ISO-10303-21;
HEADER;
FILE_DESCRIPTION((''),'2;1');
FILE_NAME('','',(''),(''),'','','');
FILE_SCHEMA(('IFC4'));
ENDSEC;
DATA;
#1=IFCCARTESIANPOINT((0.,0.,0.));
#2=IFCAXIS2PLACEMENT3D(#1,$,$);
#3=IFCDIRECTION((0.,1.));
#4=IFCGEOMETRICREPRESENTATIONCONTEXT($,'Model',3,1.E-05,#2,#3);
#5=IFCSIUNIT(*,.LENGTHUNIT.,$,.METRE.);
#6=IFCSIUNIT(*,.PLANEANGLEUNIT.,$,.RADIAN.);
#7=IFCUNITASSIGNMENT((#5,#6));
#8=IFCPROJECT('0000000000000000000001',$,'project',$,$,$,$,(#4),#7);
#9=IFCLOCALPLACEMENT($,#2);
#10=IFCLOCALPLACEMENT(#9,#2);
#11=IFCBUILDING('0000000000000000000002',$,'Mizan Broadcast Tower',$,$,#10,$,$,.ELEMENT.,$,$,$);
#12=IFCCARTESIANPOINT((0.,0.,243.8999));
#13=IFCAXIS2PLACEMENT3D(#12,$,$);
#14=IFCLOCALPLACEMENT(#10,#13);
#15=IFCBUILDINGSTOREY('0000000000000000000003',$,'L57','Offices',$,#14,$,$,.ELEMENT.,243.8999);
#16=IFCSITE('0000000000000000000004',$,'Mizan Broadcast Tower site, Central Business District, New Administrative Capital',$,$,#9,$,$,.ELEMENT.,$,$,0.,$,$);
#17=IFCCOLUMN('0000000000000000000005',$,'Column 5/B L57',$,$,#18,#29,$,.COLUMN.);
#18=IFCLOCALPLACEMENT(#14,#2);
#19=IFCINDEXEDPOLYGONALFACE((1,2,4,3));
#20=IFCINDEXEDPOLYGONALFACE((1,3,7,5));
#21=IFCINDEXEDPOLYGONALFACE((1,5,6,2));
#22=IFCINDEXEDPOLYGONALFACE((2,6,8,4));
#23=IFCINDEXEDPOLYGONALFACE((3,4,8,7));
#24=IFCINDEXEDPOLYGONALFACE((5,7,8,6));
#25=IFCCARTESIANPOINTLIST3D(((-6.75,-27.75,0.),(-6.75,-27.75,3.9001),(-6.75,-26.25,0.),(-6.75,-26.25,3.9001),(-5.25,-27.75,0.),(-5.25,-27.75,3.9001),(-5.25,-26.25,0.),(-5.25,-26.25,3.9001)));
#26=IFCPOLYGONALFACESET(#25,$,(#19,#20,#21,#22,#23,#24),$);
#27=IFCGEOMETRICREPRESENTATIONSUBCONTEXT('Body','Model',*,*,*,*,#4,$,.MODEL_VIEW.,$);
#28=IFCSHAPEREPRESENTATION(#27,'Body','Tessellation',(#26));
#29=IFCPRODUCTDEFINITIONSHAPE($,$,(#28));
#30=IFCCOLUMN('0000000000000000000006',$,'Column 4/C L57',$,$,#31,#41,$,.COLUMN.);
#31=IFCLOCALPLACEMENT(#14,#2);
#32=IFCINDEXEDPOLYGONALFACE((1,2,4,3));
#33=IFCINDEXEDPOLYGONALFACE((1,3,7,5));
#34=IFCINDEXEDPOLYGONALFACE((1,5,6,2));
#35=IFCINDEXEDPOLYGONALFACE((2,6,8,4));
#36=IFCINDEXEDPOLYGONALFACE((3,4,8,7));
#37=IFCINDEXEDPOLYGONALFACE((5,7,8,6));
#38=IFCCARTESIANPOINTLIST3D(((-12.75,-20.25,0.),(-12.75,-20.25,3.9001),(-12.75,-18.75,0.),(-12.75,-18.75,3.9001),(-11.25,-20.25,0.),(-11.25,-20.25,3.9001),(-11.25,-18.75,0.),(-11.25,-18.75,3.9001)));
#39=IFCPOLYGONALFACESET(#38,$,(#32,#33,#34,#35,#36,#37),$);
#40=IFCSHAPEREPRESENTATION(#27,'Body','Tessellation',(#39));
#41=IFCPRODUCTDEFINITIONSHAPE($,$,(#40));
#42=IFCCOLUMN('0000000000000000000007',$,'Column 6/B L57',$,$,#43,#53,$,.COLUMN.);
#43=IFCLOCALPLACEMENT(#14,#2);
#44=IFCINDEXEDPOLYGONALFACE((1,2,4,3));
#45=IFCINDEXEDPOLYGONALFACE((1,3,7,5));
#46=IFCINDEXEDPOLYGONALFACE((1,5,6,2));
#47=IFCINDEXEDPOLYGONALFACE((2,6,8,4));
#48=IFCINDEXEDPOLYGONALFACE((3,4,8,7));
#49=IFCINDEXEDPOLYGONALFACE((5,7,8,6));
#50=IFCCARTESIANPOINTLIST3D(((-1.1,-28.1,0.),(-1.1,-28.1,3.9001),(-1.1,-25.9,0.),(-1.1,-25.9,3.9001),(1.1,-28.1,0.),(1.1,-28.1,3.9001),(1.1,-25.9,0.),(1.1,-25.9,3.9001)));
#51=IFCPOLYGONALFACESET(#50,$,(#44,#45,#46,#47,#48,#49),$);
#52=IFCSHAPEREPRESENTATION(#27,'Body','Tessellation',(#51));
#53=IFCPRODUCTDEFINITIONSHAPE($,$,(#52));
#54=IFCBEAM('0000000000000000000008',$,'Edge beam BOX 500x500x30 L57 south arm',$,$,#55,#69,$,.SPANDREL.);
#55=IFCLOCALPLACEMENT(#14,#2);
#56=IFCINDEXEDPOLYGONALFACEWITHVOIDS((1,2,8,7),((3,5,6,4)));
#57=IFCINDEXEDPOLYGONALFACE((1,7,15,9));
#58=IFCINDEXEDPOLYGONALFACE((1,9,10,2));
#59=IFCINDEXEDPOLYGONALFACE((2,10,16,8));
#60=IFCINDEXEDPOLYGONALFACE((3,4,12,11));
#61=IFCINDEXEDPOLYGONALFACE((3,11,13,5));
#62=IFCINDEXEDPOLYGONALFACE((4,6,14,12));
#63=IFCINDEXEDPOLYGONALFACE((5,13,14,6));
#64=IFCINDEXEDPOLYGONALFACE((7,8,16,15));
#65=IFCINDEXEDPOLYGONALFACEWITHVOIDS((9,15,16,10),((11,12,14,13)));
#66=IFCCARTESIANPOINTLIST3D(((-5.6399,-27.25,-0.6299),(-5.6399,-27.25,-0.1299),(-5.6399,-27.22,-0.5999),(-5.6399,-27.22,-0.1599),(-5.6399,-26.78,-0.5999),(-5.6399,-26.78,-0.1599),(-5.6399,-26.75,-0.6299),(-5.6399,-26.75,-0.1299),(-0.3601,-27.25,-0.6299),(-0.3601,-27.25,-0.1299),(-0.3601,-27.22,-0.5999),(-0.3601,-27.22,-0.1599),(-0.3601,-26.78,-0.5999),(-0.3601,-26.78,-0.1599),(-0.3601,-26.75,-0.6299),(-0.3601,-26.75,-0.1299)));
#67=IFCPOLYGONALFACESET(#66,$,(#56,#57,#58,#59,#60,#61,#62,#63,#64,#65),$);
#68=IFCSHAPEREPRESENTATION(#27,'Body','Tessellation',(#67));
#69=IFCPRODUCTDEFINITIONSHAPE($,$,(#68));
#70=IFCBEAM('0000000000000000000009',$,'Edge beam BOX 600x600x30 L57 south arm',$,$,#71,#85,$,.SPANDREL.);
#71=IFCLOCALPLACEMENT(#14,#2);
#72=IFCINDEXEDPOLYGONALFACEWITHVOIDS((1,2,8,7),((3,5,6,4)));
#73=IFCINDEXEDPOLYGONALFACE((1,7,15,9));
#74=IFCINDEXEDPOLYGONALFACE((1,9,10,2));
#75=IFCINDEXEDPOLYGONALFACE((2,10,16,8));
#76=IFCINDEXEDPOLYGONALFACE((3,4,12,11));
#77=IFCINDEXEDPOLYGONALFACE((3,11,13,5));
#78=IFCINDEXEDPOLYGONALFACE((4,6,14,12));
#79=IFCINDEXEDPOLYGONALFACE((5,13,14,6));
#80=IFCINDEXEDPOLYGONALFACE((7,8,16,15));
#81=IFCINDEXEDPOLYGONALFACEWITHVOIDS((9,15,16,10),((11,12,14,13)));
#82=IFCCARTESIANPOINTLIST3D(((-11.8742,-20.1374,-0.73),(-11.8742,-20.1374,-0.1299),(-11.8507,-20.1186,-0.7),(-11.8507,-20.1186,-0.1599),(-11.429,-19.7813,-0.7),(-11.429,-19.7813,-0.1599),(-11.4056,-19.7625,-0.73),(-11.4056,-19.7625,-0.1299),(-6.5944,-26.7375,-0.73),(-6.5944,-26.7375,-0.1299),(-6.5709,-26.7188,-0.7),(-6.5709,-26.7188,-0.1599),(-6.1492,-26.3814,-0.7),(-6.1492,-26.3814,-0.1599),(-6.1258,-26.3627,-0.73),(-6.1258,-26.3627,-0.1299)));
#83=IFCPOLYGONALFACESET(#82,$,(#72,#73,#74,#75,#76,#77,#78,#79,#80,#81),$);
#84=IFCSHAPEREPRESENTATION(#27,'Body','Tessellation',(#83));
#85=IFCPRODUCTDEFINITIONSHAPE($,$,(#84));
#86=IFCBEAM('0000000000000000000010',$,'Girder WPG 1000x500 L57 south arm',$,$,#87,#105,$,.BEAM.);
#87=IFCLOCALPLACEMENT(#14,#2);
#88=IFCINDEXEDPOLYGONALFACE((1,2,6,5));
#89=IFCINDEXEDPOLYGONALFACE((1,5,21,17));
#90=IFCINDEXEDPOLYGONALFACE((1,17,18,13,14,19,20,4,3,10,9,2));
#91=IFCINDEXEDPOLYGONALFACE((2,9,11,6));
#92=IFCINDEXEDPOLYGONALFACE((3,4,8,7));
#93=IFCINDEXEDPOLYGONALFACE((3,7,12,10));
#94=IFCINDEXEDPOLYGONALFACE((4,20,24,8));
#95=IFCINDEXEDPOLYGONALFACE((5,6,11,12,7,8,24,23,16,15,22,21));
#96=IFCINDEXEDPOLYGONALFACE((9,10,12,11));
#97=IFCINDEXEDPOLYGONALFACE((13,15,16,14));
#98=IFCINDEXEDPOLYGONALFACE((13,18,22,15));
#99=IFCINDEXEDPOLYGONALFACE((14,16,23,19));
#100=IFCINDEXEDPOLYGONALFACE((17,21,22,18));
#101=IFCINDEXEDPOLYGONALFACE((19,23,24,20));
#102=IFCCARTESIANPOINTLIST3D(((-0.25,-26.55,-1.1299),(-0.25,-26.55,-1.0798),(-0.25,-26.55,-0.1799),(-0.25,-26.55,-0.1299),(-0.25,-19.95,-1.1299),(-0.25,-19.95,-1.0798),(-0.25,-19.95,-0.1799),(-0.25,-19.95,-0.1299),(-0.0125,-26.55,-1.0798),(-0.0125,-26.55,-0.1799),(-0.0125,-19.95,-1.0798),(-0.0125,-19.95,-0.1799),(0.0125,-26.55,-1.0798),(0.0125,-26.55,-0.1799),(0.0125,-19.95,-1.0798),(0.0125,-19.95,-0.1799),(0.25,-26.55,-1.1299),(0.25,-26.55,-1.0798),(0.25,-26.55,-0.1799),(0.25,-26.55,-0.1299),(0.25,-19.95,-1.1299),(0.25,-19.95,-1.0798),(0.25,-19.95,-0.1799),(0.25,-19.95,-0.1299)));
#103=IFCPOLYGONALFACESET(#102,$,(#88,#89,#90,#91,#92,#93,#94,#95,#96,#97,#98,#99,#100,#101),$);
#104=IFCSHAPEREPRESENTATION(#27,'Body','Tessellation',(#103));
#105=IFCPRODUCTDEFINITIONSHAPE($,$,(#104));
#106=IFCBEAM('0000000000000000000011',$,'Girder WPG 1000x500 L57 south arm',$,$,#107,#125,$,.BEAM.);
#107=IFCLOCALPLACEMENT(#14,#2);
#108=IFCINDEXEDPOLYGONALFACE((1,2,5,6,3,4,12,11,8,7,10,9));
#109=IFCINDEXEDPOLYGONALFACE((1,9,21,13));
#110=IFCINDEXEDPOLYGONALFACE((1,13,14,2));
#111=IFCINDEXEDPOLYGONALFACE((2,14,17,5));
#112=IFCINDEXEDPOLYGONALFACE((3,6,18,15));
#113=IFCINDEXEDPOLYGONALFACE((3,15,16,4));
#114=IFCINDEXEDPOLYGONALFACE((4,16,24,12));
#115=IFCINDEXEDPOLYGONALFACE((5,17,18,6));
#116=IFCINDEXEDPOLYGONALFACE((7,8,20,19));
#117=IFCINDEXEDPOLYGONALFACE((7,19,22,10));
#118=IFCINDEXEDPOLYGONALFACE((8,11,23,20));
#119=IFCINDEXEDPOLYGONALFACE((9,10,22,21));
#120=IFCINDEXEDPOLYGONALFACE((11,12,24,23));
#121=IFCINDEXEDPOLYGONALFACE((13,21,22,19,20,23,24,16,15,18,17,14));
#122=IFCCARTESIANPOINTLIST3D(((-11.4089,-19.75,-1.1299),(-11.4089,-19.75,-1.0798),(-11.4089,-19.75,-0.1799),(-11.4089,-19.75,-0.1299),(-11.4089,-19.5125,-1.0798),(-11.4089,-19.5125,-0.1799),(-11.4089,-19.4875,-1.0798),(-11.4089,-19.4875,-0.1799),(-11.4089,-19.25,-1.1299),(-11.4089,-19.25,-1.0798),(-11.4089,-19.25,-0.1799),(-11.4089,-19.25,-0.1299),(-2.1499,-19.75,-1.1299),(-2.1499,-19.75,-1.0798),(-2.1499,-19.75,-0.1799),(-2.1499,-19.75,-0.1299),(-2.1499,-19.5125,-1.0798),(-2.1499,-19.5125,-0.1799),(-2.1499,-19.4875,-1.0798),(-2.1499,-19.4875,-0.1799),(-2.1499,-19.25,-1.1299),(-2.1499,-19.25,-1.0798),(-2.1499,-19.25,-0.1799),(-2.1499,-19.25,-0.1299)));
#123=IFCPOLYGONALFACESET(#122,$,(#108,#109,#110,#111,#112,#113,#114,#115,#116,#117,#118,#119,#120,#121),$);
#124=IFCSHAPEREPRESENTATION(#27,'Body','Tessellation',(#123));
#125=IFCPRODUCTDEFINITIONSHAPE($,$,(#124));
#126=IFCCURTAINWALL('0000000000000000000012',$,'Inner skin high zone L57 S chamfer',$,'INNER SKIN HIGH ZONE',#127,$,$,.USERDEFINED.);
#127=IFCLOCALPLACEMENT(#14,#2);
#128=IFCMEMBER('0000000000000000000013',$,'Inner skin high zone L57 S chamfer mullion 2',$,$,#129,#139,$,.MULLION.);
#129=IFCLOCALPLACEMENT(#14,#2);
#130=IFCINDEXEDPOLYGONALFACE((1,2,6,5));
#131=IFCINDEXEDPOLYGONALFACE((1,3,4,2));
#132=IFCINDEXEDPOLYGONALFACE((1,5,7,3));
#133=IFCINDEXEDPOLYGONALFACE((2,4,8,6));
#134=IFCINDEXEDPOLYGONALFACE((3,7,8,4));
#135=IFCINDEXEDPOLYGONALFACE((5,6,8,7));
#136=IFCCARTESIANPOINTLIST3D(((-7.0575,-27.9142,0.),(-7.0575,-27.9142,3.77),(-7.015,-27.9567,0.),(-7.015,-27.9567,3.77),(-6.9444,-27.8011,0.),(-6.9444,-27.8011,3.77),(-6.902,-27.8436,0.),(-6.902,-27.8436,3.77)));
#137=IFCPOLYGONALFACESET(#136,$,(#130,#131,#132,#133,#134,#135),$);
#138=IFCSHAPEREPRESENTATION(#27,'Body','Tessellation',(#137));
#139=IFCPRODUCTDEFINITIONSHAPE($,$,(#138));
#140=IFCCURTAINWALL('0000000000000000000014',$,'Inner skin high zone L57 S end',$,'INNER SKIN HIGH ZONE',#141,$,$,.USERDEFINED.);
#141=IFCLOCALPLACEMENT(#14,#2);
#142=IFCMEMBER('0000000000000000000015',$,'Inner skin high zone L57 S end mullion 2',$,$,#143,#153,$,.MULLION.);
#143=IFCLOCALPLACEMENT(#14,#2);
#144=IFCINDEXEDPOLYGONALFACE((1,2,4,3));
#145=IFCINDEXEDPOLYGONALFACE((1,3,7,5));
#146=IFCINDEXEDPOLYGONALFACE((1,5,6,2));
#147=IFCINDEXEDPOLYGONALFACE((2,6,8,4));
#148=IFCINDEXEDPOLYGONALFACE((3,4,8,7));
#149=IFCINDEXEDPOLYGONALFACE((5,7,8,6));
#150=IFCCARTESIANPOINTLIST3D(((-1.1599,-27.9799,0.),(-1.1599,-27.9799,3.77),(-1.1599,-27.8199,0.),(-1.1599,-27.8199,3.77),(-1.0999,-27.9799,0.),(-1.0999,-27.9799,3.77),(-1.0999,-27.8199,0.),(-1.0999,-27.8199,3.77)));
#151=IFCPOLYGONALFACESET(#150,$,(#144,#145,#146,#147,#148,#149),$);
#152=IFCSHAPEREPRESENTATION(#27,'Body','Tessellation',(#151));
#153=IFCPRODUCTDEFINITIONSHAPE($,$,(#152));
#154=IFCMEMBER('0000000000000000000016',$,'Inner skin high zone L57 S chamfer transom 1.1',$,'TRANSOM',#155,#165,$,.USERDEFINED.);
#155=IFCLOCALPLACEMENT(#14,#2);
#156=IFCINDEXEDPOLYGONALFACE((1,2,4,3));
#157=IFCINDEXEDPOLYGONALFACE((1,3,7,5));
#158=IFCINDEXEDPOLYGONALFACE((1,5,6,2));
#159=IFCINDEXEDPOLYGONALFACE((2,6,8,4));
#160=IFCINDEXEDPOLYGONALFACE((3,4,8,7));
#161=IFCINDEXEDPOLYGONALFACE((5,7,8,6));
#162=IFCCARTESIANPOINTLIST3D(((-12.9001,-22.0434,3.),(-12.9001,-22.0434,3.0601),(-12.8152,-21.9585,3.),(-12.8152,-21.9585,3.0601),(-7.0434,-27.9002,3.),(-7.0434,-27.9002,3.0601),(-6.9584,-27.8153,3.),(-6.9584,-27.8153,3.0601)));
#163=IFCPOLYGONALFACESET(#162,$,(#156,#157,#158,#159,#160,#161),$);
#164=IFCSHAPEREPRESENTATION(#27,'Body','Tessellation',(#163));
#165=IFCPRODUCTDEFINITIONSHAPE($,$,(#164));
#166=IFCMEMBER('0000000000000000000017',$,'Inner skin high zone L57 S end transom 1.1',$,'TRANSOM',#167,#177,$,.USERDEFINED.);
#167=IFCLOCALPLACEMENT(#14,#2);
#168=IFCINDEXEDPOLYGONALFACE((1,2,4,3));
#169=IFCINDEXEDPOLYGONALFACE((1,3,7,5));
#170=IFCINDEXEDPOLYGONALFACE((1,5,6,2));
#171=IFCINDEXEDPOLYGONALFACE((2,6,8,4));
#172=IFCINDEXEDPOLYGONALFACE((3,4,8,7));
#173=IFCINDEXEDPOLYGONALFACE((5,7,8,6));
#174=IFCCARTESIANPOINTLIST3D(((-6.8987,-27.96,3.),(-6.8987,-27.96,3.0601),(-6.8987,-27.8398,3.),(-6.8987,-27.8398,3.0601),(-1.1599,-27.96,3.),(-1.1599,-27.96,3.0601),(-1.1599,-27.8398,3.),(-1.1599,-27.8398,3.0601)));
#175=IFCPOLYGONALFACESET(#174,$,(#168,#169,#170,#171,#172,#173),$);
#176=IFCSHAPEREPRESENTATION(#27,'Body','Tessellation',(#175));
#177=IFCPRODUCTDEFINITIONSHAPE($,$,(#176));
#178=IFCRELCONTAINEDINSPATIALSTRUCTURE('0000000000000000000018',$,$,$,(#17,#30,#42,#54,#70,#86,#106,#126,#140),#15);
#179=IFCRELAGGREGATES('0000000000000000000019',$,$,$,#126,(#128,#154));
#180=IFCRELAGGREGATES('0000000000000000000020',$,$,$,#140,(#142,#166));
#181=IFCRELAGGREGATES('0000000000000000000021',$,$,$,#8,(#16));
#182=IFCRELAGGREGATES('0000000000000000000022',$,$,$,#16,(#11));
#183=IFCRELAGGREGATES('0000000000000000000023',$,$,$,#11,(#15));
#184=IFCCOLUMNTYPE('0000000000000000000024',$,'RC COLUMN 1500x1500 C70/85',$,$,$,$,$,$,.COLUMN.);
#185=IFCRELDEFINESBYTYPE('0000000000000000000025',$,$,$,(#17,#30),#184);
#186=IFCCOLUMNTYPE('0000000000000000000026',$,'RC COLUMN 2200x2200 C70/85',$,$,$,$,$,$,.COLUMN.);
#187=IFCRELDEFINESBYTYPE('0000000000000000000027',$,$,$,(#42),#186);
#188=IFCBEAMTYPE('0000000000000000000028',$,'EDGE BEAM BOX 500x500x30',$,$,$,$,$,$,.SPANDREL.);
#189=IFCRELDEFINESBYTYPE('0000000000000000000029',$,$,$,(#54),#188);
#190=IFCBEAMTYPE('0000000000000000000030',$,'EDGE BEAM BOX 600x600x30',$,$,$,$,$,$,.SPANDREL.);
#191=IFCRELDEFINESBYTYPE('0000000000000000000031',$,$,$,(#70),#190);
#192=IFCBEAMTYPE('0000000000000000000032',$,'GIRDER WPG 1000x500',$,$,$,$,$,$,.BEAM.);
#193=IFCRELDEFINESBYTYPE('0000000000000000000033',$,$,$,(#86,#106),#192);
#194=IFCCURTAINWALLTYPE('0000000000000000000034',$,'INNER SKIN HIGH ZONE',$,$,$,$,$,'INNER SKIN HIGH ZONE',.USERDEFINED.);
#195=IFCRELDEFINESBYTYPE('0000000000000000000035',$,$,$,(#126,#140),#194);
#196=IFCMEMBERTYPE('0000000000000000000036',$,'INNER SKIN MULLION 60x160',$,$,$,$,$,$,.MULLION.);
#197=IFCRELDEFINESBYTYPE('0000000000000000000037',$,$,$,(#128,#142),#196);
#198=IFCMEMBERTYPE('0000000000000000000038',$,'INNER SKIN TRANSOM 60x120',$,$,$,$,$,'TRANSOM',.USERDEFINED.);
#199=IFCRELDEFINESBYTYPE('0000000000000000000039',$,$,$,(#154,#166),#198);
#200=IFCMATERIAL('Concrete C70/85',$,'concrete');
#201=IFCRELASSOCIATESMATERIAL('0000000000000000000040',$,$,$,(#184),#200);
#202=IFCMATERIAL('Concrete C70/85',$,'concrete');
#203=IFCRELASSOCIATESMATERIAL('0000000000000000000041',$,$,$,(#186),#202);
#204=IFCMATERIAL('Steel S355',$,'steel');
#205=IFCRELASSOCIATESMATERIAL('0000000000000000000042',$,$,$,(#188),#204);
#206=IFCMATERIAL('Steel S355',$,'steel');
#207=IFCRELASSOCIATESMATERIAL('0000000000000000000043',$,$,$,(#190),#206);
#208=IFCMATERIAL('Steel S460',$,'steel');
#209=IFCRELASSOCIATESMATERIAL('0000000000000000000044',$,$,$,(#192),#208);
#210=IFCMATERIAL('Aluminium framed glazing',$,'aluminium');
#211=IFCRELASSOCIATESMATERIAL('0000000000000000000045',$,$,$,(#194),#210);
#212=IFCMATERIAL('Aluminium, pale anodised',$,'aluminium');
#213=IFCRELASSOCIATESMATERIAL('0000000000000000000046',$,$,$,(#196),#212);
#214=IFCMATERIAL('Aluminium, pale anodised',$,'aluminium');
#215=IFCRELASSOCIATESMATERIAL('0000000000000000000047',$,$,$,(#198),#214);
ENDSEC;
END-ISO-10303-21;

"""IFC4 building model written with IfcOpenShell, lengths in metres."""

from ifc_helpers import new_model, si_unit, direction, frame, origin, origin_2d, place, context, subcontext, project, spatial, rectangle, hollow_rectangle, i_section, extrude, material, material_profile, profile_set, type_object, element, aggregate, save


model = new_model("IFC4")

# Units and contexts
model_context = context("Model", 3, precision=1e-05, world=origin(), true_north=direction((0.0, 1.0)))
body_context = subcontext(model_context, "Body", "Model", "MODEL_VIEW")
ifc_project = project(units=[si_unit("LENGTHUNIT", "METRE"), si_unit("PLANEANGLEUNIT", "RADIAN")], contexts=[model_context])

# Site, building, storey
site_placement = place(None, origin())
site = spatial("IfcSite", under=ifc_project, at=site_placement, Name="Mizan Broadcast Tower site, Central Business District, New Administrative Capital", CompositionType="ELEMENT", RefElevation=0.0)
building_placement = place(site_placement, origin())
building = spatial("IfcBuilding", under=site, at=building_placement, Name="Mizan Broadcast Tower", CompositionType="ELEMENT")
storey_placement = place(building_placement, frame((0.0, 0.0, 243.8999)))
storey = spatial("IfcBuildingStorey", under=building, at=storey_placement, Name="L57", Description="Offices", CompositionType="ELEMENT", Elevation=243.8999)

# Columns
ifc_material_1 = material(Name="Concrete C70/85", Category="concrete")
ifc_material_profile_1 = material_profile(ifc_material_1, rectangle(XDim=1.5, YDim=1.5, at=origin_2d()), Name="RC 1500x1500")
ifc_profile_set_1 = profile_set([ifc_material_profile_1], Name="Concrete C70/85")
column_type_1 = type_object("IfcColumnType", Name="RC COLUMN 1500x1500 C70/85", PredefinedType="COLUMN", material=ifc_profile_set_1)
for number, where, z_axis, x_axis, name in (
    (1, (-6.0, -27.0, 0.0), (0.0, 0.0, 1.0), (1.0, 0.0, 0.0), "Column 5/B L57"),
    (2, (-12.0, -19.5, 0.0), (0.0, 0.0, 1.0), (1.0, 0.0, 0.0), "Column 4/C L57"),
):
    element("IfcColumn", number, at=place(storey_placement, frame(where, z_axis=z_axis, x_axis=x_axis)), inside=storey, type_object=column_type_1, Name=name, PredefinedType="COLUMN", context=body_context, shape_type="SweptSolid", body=[
        extrude(rectangle(XDim=1.5, YDim=1.5, at=origin_2d()), origin(), (0.0, 0.0, 1.0), 3.9001),
    ])
ifc_material_2 = material(Name="Concrete C70/85", Category="concrete")
ifc_material_profile_2 = material_profile(ifc_material_2, rectangle(XDim=2.2, YDim=2.2, at=origin_2d()), Name="RC 2200x2200")
ifc_profile_set_2 = profile_set([ifc_material_profile_2], Name="Concrete C70/85")
column_type_2 = type_object("IfcColumnType", Name="RC COLUMN 2200x2200 C70/85", PredefinedType="COLUMN", material=ifc_profile_set_2)
column_placement = place(storey_placement, frame((0.0, -27.0, 0.0), z_axis=(0.0, 0.0, 1.0), x_axis=(1.0, 0.0, 0.0)))
element("IfcColumn", 3, at=column_placement, inside=storey, type_object=column_type_2, Name="Column 6/B L57", PredefinedType="COLUMN", context=body_context, shape_type="SweptSolid", body=[
    extrude(rectangle(XDim=2.2, YDim=2.2, at=origin_2d()), origin(), (0.0, 0.0, 1.0), 3.9001),
])

# Beams
ifc_material_3 = material(Name="Steel S355", Category="steel")
ifc_material_profile_3 = material_profile(ifc_material_3, hollow_rectangle(XDim=0.5, YDim=0.5, WallThickness=0.03, at=origin_2d()), Name="BOX 500x500x30")
ifc_profile_set_3 = profile_set([ifc_material_profile_3], Name="Steel S355")
beam_type_1 = type_object("IfcBeamType", Name="EDGE BEAM BOX 500x500x30", PredefinedType="SPANDREL", material=ifc_profile_set_3)
beam_1_placement = place(storey_placement, frame((-5.6399, -27.0, -0.3799), z_axis=(1.0, 0.0, 0.0), x_axis=(0.0, 1.0, 0.0)))
element("IfcBeam", 4, at=beam_1_placement, inside=storey, type_object=beam_type_1, Name="Edge beam BOX 500x500x30 L57 south arm", PredefinedType="SPANDREL", context=body_context, shape_type="SweptSolid", body=[
    extrude(hollow_rectangle(XDim=0.5, YDim=0.5, WallThickness=0.03, at=origin_2d()), origin(), (0.0, 0.0, 1.0), 5.2798),
])
ifc_material_4 = material(Name="Steel S355", Category="steel")
ifc_material_profile_4 = material_profile(ifc_material_4, hollow_rectangle(XDim=0.6001, YDim=0.6001, WallThickness=0.03, at=origin_2d()), Name="BOX 600x600x30")
ifc_profile_set_4 = profile_set([ifc_material_profile_4], Name="Steel S355")
beam_type_2 = type_object("IfcBeamType", Name="EDGE BEAM BOX 600x600x30", PredefinedType="SPANDREL", material=ifc_profile_set_4)
beam_2_placement = place(storey_placement, frame((-11.6399, -19.95, -0.4299), z_axis=(0.624674, -0.780886, 0.0), x_axis=(0.780886, 0.624674, 0.0)))
element("IfcBeam", 5, at=beam_2_placement, inside=storey, type_object=beam_type_2, Name="Edge beam BOX 600x600x30 L57 south arm", PredefinedType="SPANDREL", context=body_context, shape_type="SweptSolid", body=[
    extrude(hollow_rectangle(XDim=0.6001, YDim=0.6001, WallThickness=0.03, at=origin_2d()), origin(), (0.0, 0.0, 1.0), 8.4521),
])
ifc_material_5 = material(Name="Steel S460", Category="steel")
ifc_material_profile_5 = material_profile(ifc_material_5, i_section(OverallWidth=0.5, OverallDepth=1.0, WebThickness=0.0249, FlangeThickness=0.05, at=origin_2d()), Name="WPG 1000x500")
ifc_profile_set_5 = profile_set([ifc_material_profile_5], Name="Steel S460")
beam_type_3 = type_object("IfcBeamType", Name="GIRDER WPG 1000x500", PredefinedType="BEAM", material=ifc_profile_set_5)
beam_3_placement = place(storey_placement, frame((0.0, -19.95, -0.6299), z_axis=(0.0, -1.0, 0.0), x_axis=(1.0, 0.0, 0.0)))
element("IfcBeam", 6, at=beam_3_placement, inside=storey, type_object=beam_type_3, Name="Girder WPG 1000x500 L57 south arm", PredefinedType="BEAM", context=body_context, shape_type="SweptSolid", body=[
    extrude(i_section(OverallWidth=0.5, OverallDepth=1.0, WebThickness=0.0249, FlangeThickness=0.05, at=origin_2d()), origin(), (0.0, 0.0, 1.0), 6.6001),
])
beam_4_placement = place(storey_placement, frame((-11.4089, -19.5, -0.6299), z_axis=(1.0, 0.0, 0.0), x_axis=(0.0, 1.0, 0.0)))
element("IfcBeam", 7, at=beam_4_placement, inside=storey, type_object=beam_type_3, Name="Girder WPG 1000x500 L57 south arm", PredefinedType="BEAM", context=body_context, shape_type="SweptSolid", body=[
    extrude(i_section(OverallWidth=0.5, OverallDepth=1.0, WebThickness=0.0249, FlangeThickness=0.05, at=origin_2d()), origin(), (0.0, 0.0, 1.0), 9.259),
])

# Curtain walls, members
ifc_material_6 = material(Name="Aluminium framed glazing", Category="aluminium")
curtain_wall_type_1 = type_object("IfcCurtainWallType", Name="INNER SKIN HIGH ZONE", ElementType="INNER SKIN HIGH ZONE", PredefinedType="USERDEFINED", material=ifc_material_6)
curtain_wall_1_placement = place(storey_placement, origin())
curtain_wall_1 = element("IfcCurtainWall", 8, at=curtain_wall_1_placement, inside=storey, type_object=curtain_wall_type_1, Name="Inner skin high zone L57 S chamfer", ObjectType="INNER SKIN HIGH ZONE", PredefinedType="USERDEFINED")
ifc_material_7 = material(Name="Aluminium, pale anodised", Category="aluminium")
ifc_material_profile_6 = material_profile(ifc_material_7, rectangle(XDim=0.1599, YDim=0.0601, at=origin_2d()), Name="MULLION 160x60")
ifc_profile_set_6 = profile_set([ifc_material_profile_6], Name="Aluminium, pale anodised")
member_type_1 = type_object("IfcMemberType", Name="INNER SKIN MULLION 60x160", PredefinedType="MULLION", material=ifc_profile_set_6)
member_1_placement = place(storey_placement, frame((-6.9797, -27.8789, 0.0), z_axis=(0.0, 0.0, 1.0), x_axis=(0.707107, 0.707107, 0.0)))
member_1 = element("IfcMember", 9, at=member_1_placement, type_object=member_type_1, Name="Inner skin high zone L57 S chamfer mullion 2", PredefinedType="MULLION", context=body_context, shape_type="SweptSolid", body=[
    extrude(rectangle(XDim=0.1599, YDim=0.0601, at=origin_2d()), origin(), (0.0, 0.0, 1.0), 3.77),
])
curtain_wall_2_placement = place(storey_placement, origin())
curtain_wall_2 = element("IfcCurtainWall", 10, at=curtain_wall_2_placement, inside=storey, type_object=curtain_wall_type_1, Name="Inner skin high zone L57 S end", ObjectType="INNER SKIN HIGH ZONE", PredefinedType="USERDEFINED")
member_2_placement = place(storey_placement, frame((-1.1299, -27.8999, 0.0), z_axis=(0.0, 0.0, 1.0), x_axis=(0.0, 1.0, 0.0)))
member_2 = element("IfcMember", 11, at=member_2_placement, type_object=member_type_1, Name="Inner skin high zone L57 S end mullion 2", PredefinedType="MULLION", context=body_context, shape_type="SweptSolid", body=[
    extrude(rectangle(XDim=0.1599, YDim=0.0601, at=origin_2d()), origin(), (0.0, 0.0, 1.0), 3.77),
])

# Members
ifc_material_8 = material(Name="Aluminium, pale anodised", Category="aluminium")
ifc_material_profile_7 = material_profile(ifc_material_8, rectangle(XDim=0.1201, YDim=0.0601, at=origin_2d()), Name="TRANSOM 120x60")
ifc_profile_set_7 = profile_set([ifc_material_profile_7], Name="Aluminium, pale anodised")
member_type_2 = type_object("IfcMemberType", Name="INNER SKIN TRANSOM 60x120", ElementType="TRANSOM", PredefinedType="USERDEFINED", material=ifc_profile_set_7)
member_3_placement = place(storey_placement, frame((-12.8577, -22.001, 3.03), z_axis=(0.707107, -0.707107, 0.0), x_axis=(0.707107, 0.707107, 0.0)))
member_3 = element("IfcMember", 12, at=member_3_placement, type_object=member_type_2, Name="Inner skin high zone L57 S chamfer transom 1.1", ObjectType="TRANSOM", PredefinedType="USERDEFINED", context=body_context, shape_type="SweptSolid", body=[
    extrude(rectangle(XDim=0.1201, YDim=0.0601, at=origin_2d()), origin(), (0.0, 0.0, 1.0), 8.2827),
])
member_4_placement = place(storey_placement, frame((-6.8987, -27.8999, 3.03), z_axis=(1.0, 0.0, 0.0), x_axis=(0.0, 1.0, 0.0)))
member_4 = element("IfcMember", 13, at=member_4_placement, type_object=member_type_2, Name="Inner skin high zone L57 S end transom 1.1", ObjectType="TRANSOM", PredefinedType="USERDEFINED", context=body_context, shape_type="SweptSolid", body=[
    extrude(rectangle(XDim=0.1201, YDim=0.0601, at=origin_2d()), origin(), (0.0, 0.0, 1.0), 5.7388),
])

aggregate(curtain_wall_1, [member_1, member_3])
aggregate(curtain_wall_2, [member_2, member_4])

save(model, "model.ifc")
